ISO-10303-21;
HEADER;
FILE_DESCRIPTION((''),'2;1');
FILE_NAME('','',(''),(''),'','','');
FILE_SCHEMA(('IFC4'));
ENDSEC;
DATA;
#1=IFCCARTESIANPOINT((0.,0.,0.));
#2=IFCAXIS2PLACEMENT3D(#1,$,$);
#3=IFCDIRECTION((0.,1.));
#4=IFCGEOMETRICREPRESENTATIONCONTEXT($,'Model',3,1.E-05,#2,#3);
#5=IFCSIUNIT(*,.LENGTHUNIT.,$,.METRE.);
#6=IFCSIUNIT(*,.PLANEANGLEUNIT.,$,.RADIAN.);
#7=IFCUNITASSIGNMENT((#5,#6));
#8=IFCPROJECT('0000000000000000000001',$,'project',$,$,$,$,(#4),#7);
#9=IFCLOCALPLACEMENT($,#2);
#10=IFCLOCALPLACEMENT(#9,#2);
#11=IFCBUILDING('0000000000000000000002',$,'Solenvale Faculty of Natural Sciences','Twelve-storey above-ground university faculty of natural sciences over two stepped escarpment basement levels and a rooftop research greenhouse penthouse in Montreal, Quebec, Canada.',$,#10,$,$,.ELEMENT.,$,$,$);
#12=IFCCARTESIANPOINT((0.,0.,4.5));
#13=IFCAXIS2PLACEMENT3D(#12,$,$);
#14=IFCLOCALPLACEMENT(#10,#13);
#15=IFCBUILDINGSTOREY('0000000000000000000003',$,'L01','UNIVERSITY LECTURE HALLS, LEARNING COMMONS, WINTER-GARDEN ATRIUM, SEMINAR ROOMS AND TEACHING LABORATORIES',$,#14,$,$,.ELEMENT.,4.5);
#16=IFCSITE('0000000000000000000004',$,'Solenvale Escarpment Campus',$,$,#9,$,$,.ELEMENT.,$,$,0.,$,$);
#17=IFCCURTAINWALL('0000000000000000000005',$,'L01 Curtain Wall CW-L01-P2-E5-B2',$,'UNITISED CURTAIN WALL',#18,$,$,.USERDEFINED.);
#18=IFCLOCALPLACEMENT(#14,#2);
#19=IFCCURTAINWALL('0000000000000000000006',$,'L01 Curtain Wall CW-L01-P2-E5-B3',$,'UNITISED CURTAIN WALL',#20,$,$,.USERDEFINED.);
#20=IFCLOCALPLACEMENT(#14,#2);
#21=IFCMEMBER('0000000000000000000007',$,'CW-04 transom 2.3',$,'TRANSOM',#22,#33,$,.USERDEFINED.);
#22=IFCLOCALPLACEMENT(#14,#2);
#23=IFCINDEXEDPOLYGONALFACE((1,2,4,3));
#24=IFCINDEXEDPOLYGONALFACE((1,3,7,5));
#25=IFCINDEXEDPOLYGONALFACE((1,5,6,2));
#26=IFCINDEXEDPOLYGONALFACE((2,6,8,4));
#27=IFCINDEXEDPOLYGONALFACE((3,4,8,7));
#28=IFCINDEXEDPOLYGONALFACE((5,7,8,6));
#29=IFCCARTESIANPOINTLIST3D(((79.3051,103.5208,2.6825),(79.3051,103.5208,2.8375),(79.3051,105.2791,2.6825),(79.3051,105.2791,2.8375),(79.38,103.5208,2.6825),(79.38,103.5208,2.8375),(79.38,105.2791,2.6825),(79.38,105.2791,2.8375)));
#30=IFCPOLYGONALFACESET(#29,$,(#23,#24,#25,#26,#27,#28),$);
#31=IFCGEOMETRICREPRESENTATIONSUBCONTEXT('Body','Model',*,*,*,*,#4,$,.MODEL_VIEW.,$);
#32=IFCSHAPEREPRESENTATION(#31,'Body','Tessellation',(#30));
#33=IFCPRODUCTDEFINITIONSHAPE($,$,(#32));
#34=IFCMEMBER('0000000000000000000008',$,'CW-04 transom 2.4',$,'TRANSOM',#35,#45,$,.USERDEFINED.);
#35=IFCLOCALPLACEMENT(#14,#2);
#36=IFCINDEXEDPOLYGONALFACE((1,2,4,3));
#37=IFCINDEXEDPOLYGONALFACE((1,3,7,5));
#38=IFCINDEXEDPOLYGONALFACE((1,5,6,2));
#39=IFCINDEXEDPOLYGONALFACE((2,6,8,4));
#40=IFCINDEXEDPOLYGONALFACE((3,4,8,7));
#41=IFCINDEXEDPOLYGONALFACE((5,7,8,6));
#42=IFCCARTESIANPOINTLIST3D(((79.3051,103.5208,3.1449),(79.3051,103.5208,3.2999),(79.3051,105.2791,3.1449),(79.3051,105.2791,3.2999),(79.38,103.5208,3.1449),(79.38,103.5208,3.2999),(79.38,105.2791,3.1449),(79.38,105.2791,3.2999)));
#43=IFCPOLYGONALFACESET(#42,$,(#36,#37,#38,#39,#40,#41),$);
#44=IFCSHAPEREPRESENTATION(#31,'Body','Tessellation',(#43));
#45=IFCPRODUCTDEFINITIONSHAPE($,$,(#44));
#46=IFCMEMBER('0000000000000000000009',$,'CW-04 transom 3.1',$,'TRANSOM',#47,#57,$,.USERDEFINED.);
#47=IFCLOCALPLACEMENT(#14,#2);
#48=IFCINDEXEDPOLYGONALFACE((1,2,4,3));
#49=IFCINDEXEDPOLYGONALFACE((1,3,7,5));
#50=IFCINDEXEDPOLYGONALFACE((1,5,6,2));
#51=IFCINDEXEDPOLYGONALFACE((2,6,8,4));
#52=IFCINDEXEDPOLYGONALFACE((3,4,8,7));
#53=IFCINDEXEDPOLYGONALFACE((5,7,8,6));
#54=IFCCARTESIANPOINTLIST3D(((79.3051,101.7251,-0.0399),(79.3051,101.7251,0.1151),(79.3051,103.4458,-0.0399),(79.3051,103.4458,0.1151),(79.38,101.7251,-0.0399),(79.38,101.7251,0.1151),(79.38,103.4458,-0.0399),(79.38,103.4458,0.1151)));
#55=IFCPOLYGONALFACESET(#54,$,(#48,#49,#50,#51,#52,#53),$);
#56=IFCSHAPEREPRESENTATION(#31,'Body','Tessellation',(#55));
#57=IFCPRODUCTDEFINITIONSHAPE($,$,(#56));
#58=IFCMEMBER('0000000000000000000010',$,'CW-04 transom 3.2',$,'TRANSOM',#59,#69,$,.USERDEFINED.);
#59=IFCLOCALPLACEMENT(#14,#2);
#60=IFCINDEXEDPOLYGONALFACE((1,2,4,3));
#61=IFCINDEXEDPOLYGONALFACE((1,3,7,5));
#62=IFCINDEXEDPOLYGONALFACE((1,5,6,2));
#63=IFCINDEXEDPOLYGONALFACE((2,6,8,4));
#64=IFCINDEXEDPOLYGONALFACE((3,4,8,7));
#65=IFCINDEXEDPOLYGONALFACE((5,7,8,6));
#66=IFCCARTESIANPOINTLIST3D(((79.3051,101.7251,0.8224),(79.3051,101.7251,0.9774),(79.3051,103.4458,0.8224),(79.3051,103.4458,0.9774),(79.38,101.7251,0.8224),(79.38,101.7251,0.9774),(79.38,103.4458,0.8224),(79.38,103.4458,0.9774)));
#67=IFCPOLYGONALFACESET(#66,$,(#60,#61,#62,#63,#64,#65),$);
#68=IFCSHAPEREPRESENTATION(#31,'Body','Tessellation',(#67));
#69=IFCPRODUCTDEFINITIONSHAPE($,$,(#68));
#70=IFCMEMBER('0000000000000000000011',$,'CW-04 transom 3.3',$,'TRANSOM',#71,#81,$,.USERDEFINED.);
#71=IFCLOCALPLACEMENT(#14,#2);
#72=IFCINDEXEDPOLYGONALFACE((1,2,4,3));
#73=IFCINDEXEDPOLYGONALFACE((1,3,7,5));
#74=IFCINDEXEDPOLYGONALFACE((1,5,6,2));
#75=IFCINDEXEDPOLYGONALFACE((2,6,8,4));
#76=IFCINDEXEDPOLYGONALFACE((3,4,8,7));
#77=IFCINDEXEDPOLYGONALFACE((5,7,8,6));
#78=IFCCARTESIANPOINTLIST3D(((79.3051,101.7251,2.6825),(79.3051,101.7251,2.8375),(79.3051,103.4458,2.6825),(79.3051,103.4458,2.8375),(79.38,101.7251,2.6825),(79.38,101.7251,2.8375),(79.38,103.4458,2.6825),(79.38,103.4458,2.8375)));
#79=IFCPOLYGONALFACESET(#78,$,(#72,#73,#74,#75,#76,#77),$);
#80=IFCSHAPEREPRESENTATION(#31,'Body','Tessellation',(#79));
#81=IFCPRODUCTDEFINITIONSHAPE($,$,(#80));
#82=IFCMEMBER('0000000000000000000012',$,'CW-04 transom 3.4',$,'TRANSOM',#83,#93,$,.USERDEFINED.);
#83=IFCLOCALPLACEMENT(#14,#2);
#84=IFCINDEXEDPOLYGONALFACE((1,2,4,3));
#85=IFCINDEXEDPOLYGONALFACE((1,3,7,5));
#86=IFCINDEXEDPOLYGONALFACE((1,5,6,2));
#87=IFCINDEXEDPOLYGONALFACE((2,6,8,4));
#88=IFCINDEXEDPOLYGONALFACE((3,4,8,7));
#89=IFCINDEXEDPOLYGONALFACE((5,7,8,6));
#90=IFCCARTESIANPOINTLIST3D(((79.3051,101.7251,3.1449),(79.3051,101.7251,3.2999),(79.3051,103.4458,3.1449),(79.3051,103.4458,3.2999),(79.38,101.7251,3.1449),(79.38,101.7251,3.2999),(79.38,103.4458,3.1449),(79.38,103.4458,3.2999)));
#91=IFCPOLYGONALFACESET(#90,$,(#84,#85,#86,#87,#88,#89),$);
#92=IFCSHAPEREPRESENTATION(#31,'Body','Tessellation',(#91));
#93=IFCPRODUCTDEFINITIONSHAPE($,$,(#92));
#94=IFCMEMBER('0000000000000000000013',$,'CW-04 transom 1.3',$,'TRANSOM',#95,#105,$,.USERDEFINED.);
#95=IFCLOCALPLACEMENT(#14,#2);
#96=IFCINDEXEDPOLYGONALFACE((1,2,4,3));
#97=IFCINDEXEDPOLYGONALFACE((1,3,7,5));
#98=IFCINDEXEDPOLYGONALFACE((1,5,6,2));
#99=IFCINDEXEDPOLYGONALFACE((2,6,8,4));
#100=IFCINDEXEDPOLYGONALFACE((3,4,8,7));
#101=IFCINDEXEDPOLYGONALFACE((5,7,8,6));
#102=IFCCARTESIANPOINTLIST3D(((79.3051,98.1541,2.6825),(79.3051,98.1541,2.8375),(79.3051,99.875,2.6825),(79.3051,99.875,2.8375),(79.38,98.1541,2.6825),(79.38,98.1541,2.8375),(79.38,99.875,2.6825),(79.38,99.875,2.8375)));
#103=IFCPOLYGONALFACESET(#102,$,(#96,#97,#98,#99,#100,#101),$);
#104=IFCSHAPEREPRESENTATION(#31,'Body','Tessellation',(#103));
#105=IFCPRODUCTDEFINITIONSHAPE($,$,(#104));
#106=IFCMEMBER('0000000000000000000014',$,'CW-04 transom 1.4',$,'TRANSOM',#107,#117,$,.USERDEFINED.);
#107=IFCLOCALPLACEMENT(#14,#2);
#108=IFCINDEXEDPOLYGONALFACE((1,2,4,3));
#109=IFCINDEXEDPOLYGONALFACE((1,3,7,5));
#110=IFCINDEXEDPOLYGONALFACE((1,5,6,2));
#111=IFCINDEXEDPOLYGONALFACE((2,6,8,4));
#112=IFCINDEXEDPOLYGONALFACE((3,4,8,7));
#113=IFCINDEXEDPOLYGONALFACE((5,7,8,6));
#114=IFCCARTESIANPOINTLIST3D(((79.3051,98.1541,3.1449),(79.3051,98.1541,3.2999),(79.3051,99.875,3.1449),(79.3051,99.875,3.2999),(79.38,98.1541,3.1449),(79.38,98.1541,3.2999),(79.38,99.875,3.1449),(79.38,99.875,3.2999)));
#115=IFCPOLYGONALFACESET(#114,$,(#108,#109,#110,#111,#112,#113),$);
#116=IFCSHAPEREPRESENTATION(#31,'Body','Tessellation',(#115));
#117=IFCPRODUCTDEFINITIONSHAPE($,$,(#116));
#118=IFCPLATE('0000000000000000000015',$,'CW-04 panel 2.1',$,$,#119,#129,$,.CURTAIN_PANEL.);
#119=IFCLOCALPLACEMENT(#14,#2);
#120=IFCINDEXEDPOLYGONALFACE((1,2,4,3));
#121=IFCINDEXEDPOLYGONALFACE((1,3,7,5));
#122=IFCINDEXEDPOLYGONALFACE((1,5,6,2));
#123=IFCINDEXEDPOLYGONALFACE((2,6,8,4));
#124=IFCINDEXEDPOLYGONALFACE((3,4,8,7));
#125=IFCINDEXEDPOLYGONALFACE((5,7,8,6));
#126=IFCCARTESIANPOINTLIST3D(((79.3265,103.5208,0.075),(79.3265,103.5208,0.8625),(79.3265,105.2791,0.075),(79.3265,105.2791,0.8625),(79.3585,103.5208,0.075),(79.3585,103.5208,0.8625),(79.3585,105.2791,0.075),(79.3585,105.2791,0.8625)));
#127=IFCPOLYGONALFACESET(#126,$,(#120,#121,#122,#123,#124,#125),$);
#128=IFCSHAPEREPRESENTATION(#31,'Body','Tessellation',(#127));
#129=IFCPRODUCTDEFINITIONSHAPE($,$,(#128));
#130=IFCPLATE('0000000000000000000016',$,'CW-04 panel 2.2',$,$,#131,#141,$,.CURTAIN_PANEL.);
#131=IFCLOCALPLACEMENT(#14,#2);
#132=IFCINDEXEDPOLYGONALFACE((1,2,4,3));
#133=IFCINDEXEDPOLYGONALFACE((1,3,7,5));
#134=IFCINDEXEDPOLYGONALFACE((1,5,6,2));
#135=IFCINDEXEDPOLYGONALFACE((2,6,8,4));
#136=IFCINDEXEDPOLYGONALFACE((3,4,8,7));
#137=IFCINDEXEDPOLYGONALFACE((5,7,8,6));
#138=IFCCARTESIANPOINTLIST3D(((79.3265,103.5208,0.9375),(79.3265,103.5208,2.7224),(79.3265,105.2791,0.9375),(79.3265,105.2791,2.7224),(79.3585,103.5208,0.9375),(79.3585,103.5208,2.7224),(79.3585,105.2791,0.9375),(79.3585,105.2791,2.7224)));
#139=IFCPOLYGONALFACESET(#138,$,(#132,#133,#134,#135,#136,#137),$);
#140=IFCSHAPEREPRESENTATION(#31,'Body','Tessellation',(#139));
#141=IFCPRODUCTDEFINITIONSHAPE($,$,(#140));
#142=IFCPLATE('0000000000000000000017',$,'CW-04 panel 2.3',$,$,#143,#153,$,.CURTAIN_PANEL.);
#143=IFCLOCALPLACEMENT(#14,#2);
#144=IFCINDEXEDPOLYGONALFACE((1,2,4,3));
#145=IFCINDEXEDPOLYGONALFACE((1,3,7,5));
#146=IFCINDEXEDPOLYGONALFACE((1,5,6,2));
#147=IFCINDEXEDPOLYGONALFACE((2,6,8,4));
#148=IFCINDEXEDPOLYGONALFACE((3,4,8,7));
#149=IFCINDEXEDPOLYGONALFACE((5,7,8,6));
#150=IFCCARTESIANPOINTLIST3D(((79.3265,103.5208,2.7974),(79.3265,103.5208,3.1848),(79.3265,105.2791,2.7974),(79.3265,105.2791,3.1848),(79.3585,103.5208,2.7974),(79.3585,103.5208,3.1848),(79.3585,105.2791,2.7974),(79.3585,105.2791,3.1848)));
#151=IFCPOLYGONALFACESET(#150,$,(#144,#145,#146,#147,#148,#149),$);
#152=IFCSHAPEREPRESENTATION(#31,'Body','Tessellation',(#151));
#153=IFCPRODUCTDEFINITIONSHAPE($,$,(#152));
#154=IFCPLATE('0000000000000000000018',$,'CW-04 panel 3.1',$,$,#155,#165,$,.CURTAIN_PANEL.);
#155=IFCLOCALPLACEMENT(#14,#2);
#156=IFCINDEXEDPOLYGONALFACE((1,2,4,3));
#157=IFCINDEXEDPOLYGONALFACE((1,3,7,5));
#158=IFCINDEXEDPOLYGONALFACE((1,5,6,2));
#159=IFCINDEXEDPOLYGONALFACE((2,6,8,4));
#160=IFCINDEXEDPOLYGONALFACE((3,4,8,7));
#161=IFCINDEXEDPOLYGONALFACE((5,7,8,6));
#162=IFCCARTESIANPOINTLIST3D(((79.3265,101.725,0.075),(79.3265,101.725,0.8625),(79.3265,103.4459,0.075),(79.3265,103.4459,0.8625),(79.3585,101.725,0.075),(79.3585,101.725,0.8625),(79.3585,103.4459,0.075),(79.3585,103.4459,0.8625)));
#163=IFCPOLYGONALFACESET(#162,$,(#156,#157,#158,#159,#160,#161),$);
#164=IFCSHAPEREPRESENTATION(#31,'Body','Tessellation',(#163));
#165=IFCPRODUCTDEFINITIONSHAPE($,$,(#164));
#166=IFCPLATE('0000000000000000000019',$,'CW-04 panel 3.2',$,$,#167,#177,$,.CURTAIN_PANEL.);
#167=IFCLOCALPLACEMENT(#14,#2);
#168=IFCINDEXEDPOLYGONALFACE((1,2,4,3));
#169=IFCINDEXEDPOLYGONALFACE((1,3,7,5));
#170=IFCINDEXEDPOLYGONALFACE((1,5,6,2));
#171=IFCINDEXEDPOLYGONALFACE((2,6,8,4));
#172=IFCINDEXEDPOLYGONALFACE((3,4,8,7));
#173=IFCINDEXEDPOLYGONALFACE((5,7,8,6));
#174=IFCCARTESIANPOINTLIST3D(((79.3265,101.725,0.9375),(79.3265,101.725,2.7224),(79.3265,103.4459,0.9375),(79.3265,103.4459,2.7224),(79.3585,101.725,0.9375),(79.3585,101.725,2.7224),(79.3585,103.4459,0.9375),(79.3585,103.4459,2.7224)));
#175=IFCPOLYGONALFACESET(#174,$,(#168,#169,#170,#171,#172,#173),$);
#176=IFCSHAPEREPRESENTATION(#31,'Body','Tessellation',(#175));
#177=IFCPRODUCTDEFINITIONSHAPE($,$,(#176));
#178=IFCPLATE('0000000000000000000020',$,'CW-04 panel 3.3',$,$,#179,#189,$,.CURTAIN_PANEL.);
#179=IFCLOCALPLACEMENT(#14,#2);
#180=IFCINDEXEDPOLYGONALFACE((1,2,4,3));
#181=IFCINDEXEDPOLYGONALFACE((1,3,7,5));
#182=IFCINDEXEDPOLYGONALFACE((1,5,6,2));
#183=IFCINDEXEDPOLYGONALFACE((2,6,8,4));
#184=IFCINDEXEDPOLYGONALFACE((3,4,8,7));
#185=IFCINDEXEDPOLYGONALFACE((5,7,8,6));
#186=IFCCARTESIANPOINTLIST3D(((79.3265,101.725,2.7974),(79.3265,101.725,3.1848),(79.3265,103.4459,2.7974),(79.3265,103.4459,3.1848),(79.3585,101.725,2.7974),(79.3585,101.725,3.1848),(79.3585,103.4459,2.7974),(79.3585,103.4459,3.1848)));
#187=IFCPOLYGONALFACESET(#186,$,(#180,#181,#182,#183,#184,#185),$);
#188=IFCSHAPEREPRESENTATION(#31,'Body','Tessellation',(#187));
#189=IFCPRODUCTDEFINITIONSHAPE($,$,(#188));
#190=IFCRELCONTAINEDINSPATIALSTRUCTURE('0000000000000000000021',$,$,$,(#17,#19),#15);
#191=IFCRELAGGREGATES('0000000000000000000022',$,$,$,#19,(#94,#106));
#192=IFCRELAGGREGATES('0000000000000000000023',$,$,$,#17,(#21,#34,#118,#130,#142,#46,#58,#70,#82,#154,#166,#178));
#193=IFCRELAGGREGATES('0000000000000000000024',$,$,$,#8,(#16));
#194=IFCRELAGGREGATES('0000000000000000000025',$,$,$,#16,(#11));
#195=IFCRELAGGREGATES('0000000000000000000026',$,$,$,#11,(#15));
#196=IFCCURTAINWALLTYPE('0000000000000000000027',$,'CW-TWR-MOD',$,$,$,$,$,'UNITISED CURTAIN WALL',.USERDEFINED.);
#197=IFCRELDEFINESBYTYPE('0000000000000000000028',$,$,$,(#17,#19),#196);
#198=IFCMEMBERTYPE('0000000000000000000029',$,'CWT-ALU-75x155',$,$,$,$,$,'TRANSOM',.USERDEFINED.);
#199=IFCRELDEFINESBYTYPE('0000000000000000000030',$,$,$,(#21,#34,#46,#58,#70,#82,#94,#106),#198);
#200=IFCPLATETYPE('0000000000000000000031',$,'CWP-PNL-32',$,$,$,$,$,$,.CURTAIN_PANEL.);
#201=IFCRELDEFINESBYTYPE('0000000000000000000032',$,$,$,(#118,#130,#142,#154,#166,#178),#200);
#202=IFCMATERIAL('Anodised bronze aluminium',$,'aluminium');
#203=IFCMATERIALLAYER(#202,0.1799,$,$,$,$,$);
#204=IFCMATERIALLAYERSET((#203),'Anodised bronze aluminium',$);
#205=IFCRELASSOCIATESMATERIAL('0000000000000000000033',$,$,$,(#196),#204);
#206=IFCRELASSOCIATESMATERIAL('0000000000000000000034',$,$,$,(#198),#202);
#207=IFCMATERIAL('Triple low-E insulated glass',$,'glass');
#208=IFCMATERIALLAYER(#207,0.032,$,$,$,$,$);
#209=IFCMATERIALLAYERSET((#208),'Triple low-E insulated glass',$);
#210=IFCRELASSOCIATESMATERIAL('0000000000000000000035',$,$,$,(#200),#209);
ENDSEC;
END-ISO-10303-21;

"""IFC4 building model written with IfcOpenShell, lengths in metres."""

from ifc_helpers import new_model, si_unit, direction, frame, origin, origin_2d, place, context, subcontext, project, spatial, rectangle, extrude, material, layer, layer_set, material_profile, profile_set, type_object, element, aggregate, save


model = new_model("IFC4")

# Units and contexts
model_context = context("Model", 3, precision=1e-05, world=origin(), true_north=direction((0.0, 1.0)))
body_context = subcontext(model_context, "Body", "Model", "MODEL_VIEW")
ifc_project = project(units=[si_unit("LENGTHUNIT", "METRE"), si_unit("PLANEANGLEUNIT", "RADIAN")], contexts=[model_context])

# Site, building, storey
site_placement = place(None, origin())
site = spatial("IfcSite", under=ifc_project, at=site_placement, Name="Solenvale Escarpment Campus", CompositionType="ELEMENT", RefElevation=0.0)
building_placement = place(site_placement, origin())
building = spatial("IfcBuilding", under=site, at=building_placement, Name="Solenvale Faculty of Natural Sciences", Description="Twelve-storey above-ground university faculty of natural sciences over two stepped escarpment basement levels and a rooftop research greenhouse penthouse in Montreal, Quebec, Canada.", CompositionType="ELEMENT")
storey_placement = place(building_placement, frame((0.0, 0.0, 4.5)))
storey = spatial("IfcBuildingStorey", under=building, at=storey_placement, Name="L01", Description="UNIVERSITY LECTURE HALLS, LEARNING COMMONS, WINTER-GARDEN ATRIUM, SEMINAR ROOMS AND TEACHING LABORATORIES", CompositionType="ELEMENT", Elevation=4.5)

# Curtain wall
ifc_material_1 = material(Name="Anodised bronze aluminium", Category="aluminium")
ifc_layer_1 = layer(ifc_material_1, 0.1799)
ifc_layer_set_1 = layer_set([ifc_layer_1], Name="Anodised bronze aluminium")
curtain_wall_type = type_object("IfcCurtainWallType", Name="CW-TWR-MOD", ElementType="UNITISED CURTAIN WALL", PredefinedType="USERDEFINED", material=ifc_layer_set_1)
curtain_wall_1_placement = place(storey_placement, origin())
curtain_wall_1 = element("IfcCurtainWall", 1, at=curtain_wall_1_placement, inside=storey, type_object=curtain_wall_type, Name="L01 Curtain Wall CW-L01-P2-E5-B2", ObjectType="UNITISED CURTAIN WALL", PredefinedType="USERDEFINED")

# Curtain wall
curtain_wall_2_placement = place(storey_placement, origin())
curtain_wall_2 = element("IfcCurtainWall", 2, at=curtain_wall_2_placement, inside=storey, type_object=curtain_wall_type, Name="L01 Curtain Wall CW-L01-P2-E5-B3", ObjectType="UNITISED CURTAIN WALL", PredefinedType="USERDEFINED")

# Members
ifc_material_profile_1 = material_profile(ifc_material_1, rectangle(XDim=0.075, YDim=0.155, at=origin_2d()), Name="ALU-TRN-75x155")
ifc_profile_set_1 = profile_set([ifc_material_profile_1], Name="Anodised bronze aluminium")
member_type_1 = type_object("IfcMemberType", Name="CWT-ALU-75x155", ElementType="TRANSOM", PredefinedType="USERDEFINED", material=ifc_profile_set_1)
member_1_placement = place(storey_placement, frame((79.3425, 105.2791, 2.76), z_axis=(0.0, -1.0, 0.0), x_axis=(1.0, 0.0, 0.0)))
member_1 = element("IfcMember", 3, at=member_1_placement, type_object=member_type_1, Name="CW-04 transom 2.3", ObjectType="TRANSOM", PredefinedType="USERDEFINED", context=body_context, shape_type="SweptSolid", body=[
    extrude(rectangle(XDim=0.075, YDim=0.155, at=origin_2d()), origin(), (0.0, 0.0, 1.0), 1.7583),
])
member_2_placement = place(storey_placement, frame((79.3425, 105.2791, 3.2224), z_axis=(0.0, -1.0, 0.0), x_axis=(1.0, 0.0, 0.0)))
member_2 = element("IfcMember", 4, at=member_2_placement, type_object=member_type_1, Name="CW-04 transom 2.4", ObjectType="TRANSOM", PredefinedType="USERDEFINED", context=body_context, shape_type="SweptSolid", body=[
    extrude(rectangle(XDim=0.075, YDim=0.155, at=origin_2d()), origin(), (0.0, 0.0, 1.0), 1.7583),
])
member_3_placement = place(storey_placement, frame((79.3425, 103.4458, 0.0376), z_axis=(0.0, -1.0, 0.0), x_axis=(1.0, 0.0, 0.0)))
member_3 = element("IfcMember", 5, at=member_3_placement, type_object=member_type_1, Name="CW-04 transom 3.1", ObjectType="TRANSOM", PredefinedType="USERDEFINED", context=body_context, shape_type="SweptSolid", body=[
    extrude(rectangle(XDim=0.075, YDim=0.155, at=origin_2d()), origin(), (0.0, 0.0, 1.0), 1.7207),
])
member_4_placement = place(storey_placement, frame((79.3425, 103.4458, 0.8999), z_axis=(0.0, -1.0, 0.0), x_axis=(1.0, 0.0, 0.0)))
member_4 = element("IfcMember", 6, at=member_4_placement, type_object=member_type_1, Name="CW-04 transom 3.2", ObjectType="TRANSOM", PredefinedType="USERDEFINED", context=body_context, shape_type="SweptSolid", body=[
    extrude(rectangle(XDim=0.075, YDim=0.155, at=origin_2d()), origin(), (0.0, 0.0, 1.0), 1.7207),
])
member_5_placement = place(storey_placement, frame((79.3425, 103.4458, 2.76), z_axis=(0.0, -1.0, 0.0), x_axis=(1.0, 0.0, 0.0)))
member_5 = element("IfcMember", 7, at=member_5_placement, type_object=member_type_1, Name="CW-04 transom 3.3", ObjectType="TRANSOM", PredefinedType="USERDEFINED", context=body_context, shape_type="SweptSolid", body=[
    extrude(rectangle(XDim=0.075, YDim=0.155, at=origin_2d()), origin(), (0.0, 0.0, 1.0), 1.7207),
])
member_6_placement = place(storey_placement, frame((79.3425, 103.4458, 3.2224), z_axis=(0.0, -1.0, 0.0), x_axis=(1.0, 0.0, 0.0)))
member_6 = element("IfcMember", 8, at=member_6_placement, type_object=member_type_1, Name="CW-04 transom 3.4", ObjectType="TRANSOM", PredefinedType="USERDEFINED", context=body_context, shape_type="SweptSolid", body=[
    extrude(rectangle(XDim=0.075, YDim=0.155, at=origin_2d()), origin(), (0.0, 0.0, 1.0), 1.7207),
])
member_7_placement = place(storey_placement, frame((79.3425, 99.875, 2.76), z_axis=(0.0, -1.0, 0.0), x_axis=(1.0, 0.0, 0.0)))
member_7 = element("IfcMember", 9, at=member_7_placement, type_object=member_type_1, Name="CW-04 transom 1.3", ObjectType="TRANSOM", PredefinedType="USERDEFINED", context=body_context, shape_type="SweptSolid", body=[
    extrude(rectangle(XDim=0.075, YDim=0.155, at=origin_2d()), origin(), (0.0, 0.0, 1.0), 1.7209),
])
member_8_placement = place(storey_placement, frame((79.3425, 99.875, 3.2224), z_axis=(0.0, -1.0, 0.0), x_axis=(1.0, 0.0, 0.0)))
member_8 = element("IfcMember", 10, at=member_8_placement, type_object=member_type_1, Name="CW-04 transom 1.4", ObjectType="TRANSOM", PredefinedType="USERDEFINED", context=body_context, shape_type="SweptSolid", body=[
    extrude(rectangle(XDim=0.075, YDim=0.155, at=origin_2d()), origin(), (0.0, 0.0, 1.0), 1.7209),
])
aggregate(curtain_wall_2, [member_7, member_8])

# Plates
ifc_material_2 = material(Name="Triple low-E insulated glass", Category="glass")
ifc_layer_2 = layer(ifc_material_2, 0.032)
ifc_layer_set_2 = layer_set([ifc_layer_2], Name="Triple low-E insulated glass")
plate_type = type_object("IfcPlateType", Name="CWP-PNL-32", PredefinedType="CURTAIN_PANEL", material=ifc_layer_set_2)
plate_1_placement = place(storey_placement, frame((79.3425, 104.3999, 0.075), z_axis=(0.0, 0.0, 1.0), x_axis=(0.0, -1.0, 0.0)))
plate_1 = element("IfcPlate", 11, at=plate_1_placement, type_object=plate_type, Name="CW-04 panel 2.1", PredefinedType="CURTAIN_PANEL", context=body_context, shape_type="SweptSolid", body=[
    extrude(rectangle(XDim=1.7583, YDim=0.032, at=origin_2d()), origin(), (0.0, 0.0, 1.0), 0.7876),
])
plate_2_placement = place(storey_placement, frame((79.3425, 104.3999, 0.9375), z_axis=(0.0, 0.0, 1.0), x_axis=(0.0, -1.0, 0.0)))
plate_2 = element("IfcPlate", 12, at=plate_2_placement, type_object=plate_type, Name="CW-04 panel 2.2", PredefinedType="CURTAIN_PANEL", context=body_context, shape_type="SweptSolid", body=[
    extrude(rectangle(XDim=1.7583, YDim=0.032, at=origin_2d()), origin(), (0.0, 0.0, 1.0), 1.7849),
])
plate_3_placement = place(storey_placement, frame((79.3425, 104.3999, 2.7974), z_axis=(0.0, 0.0, 1.0), x_axis=(0.0, -1.0, 0.0)))
plate_3 = element("IfcPlate", 13, at=plate_3_placement, type_object=plate_type, Name="CW-04 panel 2.3", PredefinedType="CURTAIN_PANEL", context=body_context, shape_type="SweptSolid", body=[
    extrude(rectangle(XDim=1.7583, YDim=0.032, at=origin_2d()), origin(), (0.0, 0.0, 1.0), 0.3875),
])
plate_4_placement = place(storey_placement, frame((79.3425, 102.5854, 0.075), z_axis=(0.0, 0.0, 1.0), x_axis=(0.0, -1.0, 0.0)))
plate_4 = element("IfcPlate", 14, at=plate_4_placement, type_object=plate_type, Name="CW-04 panel 3.1", PredefinedType="CURTAIN_PANEL", context=body_context, shape_type="SweptSolid", body=[
    extrude(rectangle(XDim=1.7209, YDim=0.032, at=origin_2d()), origin(), (0.0, 0.0, 1.0), 0.7876),
])
plate_5_placement = place(storey_placement, frame((79.3425, 102.5854, 0.9375), z_axis=(0.0, 0.0, 1.0), x_axis=(0.0, -1.0, 0.0)))
plate_5 = element("IfcPlate", 15, at=plate_5_placement, type_object=plate_type, Name="CW-04 panel 3.2", PredefinedType="CURTAIN_PANEL", context=body_context, shape_type="SweptSolid", body=[
    extrude(rectangle(XDim=1.7209, YDim=0.032, at=origin_2d()), origin(), (0.0, 0.0, 1.0), 1.7849),
])
plate_6_placement = place(storey_placement, frame((79.3425, 102.5854, 2.7974), z_axis=(0.0, 0.0, 1.0), x_axis=(0.0, -1.0, 0.0)))
plate_6 = element("IfcPlate", 16, at=plate_6_placement, type_object=plate_type, Name="CW-04 panel 3.3", PredefinedType="CURTAIN_PANEL", context=body_context, shape_type="SweptSolid", body=[
    extrude(rectangle(XDim=1.7209, YDim=0.032, at=origin_2d()), origin(), (0.0, 0.0, 1.0), 0.3875),
])
aggregate(curtain_wall_1, [member_1, member_2, plate_1, plate_2, plate_3, member_3, member_4, member_5, member_6, plate_4, plate_5, plate_6])

save(model, "model.ifc")
